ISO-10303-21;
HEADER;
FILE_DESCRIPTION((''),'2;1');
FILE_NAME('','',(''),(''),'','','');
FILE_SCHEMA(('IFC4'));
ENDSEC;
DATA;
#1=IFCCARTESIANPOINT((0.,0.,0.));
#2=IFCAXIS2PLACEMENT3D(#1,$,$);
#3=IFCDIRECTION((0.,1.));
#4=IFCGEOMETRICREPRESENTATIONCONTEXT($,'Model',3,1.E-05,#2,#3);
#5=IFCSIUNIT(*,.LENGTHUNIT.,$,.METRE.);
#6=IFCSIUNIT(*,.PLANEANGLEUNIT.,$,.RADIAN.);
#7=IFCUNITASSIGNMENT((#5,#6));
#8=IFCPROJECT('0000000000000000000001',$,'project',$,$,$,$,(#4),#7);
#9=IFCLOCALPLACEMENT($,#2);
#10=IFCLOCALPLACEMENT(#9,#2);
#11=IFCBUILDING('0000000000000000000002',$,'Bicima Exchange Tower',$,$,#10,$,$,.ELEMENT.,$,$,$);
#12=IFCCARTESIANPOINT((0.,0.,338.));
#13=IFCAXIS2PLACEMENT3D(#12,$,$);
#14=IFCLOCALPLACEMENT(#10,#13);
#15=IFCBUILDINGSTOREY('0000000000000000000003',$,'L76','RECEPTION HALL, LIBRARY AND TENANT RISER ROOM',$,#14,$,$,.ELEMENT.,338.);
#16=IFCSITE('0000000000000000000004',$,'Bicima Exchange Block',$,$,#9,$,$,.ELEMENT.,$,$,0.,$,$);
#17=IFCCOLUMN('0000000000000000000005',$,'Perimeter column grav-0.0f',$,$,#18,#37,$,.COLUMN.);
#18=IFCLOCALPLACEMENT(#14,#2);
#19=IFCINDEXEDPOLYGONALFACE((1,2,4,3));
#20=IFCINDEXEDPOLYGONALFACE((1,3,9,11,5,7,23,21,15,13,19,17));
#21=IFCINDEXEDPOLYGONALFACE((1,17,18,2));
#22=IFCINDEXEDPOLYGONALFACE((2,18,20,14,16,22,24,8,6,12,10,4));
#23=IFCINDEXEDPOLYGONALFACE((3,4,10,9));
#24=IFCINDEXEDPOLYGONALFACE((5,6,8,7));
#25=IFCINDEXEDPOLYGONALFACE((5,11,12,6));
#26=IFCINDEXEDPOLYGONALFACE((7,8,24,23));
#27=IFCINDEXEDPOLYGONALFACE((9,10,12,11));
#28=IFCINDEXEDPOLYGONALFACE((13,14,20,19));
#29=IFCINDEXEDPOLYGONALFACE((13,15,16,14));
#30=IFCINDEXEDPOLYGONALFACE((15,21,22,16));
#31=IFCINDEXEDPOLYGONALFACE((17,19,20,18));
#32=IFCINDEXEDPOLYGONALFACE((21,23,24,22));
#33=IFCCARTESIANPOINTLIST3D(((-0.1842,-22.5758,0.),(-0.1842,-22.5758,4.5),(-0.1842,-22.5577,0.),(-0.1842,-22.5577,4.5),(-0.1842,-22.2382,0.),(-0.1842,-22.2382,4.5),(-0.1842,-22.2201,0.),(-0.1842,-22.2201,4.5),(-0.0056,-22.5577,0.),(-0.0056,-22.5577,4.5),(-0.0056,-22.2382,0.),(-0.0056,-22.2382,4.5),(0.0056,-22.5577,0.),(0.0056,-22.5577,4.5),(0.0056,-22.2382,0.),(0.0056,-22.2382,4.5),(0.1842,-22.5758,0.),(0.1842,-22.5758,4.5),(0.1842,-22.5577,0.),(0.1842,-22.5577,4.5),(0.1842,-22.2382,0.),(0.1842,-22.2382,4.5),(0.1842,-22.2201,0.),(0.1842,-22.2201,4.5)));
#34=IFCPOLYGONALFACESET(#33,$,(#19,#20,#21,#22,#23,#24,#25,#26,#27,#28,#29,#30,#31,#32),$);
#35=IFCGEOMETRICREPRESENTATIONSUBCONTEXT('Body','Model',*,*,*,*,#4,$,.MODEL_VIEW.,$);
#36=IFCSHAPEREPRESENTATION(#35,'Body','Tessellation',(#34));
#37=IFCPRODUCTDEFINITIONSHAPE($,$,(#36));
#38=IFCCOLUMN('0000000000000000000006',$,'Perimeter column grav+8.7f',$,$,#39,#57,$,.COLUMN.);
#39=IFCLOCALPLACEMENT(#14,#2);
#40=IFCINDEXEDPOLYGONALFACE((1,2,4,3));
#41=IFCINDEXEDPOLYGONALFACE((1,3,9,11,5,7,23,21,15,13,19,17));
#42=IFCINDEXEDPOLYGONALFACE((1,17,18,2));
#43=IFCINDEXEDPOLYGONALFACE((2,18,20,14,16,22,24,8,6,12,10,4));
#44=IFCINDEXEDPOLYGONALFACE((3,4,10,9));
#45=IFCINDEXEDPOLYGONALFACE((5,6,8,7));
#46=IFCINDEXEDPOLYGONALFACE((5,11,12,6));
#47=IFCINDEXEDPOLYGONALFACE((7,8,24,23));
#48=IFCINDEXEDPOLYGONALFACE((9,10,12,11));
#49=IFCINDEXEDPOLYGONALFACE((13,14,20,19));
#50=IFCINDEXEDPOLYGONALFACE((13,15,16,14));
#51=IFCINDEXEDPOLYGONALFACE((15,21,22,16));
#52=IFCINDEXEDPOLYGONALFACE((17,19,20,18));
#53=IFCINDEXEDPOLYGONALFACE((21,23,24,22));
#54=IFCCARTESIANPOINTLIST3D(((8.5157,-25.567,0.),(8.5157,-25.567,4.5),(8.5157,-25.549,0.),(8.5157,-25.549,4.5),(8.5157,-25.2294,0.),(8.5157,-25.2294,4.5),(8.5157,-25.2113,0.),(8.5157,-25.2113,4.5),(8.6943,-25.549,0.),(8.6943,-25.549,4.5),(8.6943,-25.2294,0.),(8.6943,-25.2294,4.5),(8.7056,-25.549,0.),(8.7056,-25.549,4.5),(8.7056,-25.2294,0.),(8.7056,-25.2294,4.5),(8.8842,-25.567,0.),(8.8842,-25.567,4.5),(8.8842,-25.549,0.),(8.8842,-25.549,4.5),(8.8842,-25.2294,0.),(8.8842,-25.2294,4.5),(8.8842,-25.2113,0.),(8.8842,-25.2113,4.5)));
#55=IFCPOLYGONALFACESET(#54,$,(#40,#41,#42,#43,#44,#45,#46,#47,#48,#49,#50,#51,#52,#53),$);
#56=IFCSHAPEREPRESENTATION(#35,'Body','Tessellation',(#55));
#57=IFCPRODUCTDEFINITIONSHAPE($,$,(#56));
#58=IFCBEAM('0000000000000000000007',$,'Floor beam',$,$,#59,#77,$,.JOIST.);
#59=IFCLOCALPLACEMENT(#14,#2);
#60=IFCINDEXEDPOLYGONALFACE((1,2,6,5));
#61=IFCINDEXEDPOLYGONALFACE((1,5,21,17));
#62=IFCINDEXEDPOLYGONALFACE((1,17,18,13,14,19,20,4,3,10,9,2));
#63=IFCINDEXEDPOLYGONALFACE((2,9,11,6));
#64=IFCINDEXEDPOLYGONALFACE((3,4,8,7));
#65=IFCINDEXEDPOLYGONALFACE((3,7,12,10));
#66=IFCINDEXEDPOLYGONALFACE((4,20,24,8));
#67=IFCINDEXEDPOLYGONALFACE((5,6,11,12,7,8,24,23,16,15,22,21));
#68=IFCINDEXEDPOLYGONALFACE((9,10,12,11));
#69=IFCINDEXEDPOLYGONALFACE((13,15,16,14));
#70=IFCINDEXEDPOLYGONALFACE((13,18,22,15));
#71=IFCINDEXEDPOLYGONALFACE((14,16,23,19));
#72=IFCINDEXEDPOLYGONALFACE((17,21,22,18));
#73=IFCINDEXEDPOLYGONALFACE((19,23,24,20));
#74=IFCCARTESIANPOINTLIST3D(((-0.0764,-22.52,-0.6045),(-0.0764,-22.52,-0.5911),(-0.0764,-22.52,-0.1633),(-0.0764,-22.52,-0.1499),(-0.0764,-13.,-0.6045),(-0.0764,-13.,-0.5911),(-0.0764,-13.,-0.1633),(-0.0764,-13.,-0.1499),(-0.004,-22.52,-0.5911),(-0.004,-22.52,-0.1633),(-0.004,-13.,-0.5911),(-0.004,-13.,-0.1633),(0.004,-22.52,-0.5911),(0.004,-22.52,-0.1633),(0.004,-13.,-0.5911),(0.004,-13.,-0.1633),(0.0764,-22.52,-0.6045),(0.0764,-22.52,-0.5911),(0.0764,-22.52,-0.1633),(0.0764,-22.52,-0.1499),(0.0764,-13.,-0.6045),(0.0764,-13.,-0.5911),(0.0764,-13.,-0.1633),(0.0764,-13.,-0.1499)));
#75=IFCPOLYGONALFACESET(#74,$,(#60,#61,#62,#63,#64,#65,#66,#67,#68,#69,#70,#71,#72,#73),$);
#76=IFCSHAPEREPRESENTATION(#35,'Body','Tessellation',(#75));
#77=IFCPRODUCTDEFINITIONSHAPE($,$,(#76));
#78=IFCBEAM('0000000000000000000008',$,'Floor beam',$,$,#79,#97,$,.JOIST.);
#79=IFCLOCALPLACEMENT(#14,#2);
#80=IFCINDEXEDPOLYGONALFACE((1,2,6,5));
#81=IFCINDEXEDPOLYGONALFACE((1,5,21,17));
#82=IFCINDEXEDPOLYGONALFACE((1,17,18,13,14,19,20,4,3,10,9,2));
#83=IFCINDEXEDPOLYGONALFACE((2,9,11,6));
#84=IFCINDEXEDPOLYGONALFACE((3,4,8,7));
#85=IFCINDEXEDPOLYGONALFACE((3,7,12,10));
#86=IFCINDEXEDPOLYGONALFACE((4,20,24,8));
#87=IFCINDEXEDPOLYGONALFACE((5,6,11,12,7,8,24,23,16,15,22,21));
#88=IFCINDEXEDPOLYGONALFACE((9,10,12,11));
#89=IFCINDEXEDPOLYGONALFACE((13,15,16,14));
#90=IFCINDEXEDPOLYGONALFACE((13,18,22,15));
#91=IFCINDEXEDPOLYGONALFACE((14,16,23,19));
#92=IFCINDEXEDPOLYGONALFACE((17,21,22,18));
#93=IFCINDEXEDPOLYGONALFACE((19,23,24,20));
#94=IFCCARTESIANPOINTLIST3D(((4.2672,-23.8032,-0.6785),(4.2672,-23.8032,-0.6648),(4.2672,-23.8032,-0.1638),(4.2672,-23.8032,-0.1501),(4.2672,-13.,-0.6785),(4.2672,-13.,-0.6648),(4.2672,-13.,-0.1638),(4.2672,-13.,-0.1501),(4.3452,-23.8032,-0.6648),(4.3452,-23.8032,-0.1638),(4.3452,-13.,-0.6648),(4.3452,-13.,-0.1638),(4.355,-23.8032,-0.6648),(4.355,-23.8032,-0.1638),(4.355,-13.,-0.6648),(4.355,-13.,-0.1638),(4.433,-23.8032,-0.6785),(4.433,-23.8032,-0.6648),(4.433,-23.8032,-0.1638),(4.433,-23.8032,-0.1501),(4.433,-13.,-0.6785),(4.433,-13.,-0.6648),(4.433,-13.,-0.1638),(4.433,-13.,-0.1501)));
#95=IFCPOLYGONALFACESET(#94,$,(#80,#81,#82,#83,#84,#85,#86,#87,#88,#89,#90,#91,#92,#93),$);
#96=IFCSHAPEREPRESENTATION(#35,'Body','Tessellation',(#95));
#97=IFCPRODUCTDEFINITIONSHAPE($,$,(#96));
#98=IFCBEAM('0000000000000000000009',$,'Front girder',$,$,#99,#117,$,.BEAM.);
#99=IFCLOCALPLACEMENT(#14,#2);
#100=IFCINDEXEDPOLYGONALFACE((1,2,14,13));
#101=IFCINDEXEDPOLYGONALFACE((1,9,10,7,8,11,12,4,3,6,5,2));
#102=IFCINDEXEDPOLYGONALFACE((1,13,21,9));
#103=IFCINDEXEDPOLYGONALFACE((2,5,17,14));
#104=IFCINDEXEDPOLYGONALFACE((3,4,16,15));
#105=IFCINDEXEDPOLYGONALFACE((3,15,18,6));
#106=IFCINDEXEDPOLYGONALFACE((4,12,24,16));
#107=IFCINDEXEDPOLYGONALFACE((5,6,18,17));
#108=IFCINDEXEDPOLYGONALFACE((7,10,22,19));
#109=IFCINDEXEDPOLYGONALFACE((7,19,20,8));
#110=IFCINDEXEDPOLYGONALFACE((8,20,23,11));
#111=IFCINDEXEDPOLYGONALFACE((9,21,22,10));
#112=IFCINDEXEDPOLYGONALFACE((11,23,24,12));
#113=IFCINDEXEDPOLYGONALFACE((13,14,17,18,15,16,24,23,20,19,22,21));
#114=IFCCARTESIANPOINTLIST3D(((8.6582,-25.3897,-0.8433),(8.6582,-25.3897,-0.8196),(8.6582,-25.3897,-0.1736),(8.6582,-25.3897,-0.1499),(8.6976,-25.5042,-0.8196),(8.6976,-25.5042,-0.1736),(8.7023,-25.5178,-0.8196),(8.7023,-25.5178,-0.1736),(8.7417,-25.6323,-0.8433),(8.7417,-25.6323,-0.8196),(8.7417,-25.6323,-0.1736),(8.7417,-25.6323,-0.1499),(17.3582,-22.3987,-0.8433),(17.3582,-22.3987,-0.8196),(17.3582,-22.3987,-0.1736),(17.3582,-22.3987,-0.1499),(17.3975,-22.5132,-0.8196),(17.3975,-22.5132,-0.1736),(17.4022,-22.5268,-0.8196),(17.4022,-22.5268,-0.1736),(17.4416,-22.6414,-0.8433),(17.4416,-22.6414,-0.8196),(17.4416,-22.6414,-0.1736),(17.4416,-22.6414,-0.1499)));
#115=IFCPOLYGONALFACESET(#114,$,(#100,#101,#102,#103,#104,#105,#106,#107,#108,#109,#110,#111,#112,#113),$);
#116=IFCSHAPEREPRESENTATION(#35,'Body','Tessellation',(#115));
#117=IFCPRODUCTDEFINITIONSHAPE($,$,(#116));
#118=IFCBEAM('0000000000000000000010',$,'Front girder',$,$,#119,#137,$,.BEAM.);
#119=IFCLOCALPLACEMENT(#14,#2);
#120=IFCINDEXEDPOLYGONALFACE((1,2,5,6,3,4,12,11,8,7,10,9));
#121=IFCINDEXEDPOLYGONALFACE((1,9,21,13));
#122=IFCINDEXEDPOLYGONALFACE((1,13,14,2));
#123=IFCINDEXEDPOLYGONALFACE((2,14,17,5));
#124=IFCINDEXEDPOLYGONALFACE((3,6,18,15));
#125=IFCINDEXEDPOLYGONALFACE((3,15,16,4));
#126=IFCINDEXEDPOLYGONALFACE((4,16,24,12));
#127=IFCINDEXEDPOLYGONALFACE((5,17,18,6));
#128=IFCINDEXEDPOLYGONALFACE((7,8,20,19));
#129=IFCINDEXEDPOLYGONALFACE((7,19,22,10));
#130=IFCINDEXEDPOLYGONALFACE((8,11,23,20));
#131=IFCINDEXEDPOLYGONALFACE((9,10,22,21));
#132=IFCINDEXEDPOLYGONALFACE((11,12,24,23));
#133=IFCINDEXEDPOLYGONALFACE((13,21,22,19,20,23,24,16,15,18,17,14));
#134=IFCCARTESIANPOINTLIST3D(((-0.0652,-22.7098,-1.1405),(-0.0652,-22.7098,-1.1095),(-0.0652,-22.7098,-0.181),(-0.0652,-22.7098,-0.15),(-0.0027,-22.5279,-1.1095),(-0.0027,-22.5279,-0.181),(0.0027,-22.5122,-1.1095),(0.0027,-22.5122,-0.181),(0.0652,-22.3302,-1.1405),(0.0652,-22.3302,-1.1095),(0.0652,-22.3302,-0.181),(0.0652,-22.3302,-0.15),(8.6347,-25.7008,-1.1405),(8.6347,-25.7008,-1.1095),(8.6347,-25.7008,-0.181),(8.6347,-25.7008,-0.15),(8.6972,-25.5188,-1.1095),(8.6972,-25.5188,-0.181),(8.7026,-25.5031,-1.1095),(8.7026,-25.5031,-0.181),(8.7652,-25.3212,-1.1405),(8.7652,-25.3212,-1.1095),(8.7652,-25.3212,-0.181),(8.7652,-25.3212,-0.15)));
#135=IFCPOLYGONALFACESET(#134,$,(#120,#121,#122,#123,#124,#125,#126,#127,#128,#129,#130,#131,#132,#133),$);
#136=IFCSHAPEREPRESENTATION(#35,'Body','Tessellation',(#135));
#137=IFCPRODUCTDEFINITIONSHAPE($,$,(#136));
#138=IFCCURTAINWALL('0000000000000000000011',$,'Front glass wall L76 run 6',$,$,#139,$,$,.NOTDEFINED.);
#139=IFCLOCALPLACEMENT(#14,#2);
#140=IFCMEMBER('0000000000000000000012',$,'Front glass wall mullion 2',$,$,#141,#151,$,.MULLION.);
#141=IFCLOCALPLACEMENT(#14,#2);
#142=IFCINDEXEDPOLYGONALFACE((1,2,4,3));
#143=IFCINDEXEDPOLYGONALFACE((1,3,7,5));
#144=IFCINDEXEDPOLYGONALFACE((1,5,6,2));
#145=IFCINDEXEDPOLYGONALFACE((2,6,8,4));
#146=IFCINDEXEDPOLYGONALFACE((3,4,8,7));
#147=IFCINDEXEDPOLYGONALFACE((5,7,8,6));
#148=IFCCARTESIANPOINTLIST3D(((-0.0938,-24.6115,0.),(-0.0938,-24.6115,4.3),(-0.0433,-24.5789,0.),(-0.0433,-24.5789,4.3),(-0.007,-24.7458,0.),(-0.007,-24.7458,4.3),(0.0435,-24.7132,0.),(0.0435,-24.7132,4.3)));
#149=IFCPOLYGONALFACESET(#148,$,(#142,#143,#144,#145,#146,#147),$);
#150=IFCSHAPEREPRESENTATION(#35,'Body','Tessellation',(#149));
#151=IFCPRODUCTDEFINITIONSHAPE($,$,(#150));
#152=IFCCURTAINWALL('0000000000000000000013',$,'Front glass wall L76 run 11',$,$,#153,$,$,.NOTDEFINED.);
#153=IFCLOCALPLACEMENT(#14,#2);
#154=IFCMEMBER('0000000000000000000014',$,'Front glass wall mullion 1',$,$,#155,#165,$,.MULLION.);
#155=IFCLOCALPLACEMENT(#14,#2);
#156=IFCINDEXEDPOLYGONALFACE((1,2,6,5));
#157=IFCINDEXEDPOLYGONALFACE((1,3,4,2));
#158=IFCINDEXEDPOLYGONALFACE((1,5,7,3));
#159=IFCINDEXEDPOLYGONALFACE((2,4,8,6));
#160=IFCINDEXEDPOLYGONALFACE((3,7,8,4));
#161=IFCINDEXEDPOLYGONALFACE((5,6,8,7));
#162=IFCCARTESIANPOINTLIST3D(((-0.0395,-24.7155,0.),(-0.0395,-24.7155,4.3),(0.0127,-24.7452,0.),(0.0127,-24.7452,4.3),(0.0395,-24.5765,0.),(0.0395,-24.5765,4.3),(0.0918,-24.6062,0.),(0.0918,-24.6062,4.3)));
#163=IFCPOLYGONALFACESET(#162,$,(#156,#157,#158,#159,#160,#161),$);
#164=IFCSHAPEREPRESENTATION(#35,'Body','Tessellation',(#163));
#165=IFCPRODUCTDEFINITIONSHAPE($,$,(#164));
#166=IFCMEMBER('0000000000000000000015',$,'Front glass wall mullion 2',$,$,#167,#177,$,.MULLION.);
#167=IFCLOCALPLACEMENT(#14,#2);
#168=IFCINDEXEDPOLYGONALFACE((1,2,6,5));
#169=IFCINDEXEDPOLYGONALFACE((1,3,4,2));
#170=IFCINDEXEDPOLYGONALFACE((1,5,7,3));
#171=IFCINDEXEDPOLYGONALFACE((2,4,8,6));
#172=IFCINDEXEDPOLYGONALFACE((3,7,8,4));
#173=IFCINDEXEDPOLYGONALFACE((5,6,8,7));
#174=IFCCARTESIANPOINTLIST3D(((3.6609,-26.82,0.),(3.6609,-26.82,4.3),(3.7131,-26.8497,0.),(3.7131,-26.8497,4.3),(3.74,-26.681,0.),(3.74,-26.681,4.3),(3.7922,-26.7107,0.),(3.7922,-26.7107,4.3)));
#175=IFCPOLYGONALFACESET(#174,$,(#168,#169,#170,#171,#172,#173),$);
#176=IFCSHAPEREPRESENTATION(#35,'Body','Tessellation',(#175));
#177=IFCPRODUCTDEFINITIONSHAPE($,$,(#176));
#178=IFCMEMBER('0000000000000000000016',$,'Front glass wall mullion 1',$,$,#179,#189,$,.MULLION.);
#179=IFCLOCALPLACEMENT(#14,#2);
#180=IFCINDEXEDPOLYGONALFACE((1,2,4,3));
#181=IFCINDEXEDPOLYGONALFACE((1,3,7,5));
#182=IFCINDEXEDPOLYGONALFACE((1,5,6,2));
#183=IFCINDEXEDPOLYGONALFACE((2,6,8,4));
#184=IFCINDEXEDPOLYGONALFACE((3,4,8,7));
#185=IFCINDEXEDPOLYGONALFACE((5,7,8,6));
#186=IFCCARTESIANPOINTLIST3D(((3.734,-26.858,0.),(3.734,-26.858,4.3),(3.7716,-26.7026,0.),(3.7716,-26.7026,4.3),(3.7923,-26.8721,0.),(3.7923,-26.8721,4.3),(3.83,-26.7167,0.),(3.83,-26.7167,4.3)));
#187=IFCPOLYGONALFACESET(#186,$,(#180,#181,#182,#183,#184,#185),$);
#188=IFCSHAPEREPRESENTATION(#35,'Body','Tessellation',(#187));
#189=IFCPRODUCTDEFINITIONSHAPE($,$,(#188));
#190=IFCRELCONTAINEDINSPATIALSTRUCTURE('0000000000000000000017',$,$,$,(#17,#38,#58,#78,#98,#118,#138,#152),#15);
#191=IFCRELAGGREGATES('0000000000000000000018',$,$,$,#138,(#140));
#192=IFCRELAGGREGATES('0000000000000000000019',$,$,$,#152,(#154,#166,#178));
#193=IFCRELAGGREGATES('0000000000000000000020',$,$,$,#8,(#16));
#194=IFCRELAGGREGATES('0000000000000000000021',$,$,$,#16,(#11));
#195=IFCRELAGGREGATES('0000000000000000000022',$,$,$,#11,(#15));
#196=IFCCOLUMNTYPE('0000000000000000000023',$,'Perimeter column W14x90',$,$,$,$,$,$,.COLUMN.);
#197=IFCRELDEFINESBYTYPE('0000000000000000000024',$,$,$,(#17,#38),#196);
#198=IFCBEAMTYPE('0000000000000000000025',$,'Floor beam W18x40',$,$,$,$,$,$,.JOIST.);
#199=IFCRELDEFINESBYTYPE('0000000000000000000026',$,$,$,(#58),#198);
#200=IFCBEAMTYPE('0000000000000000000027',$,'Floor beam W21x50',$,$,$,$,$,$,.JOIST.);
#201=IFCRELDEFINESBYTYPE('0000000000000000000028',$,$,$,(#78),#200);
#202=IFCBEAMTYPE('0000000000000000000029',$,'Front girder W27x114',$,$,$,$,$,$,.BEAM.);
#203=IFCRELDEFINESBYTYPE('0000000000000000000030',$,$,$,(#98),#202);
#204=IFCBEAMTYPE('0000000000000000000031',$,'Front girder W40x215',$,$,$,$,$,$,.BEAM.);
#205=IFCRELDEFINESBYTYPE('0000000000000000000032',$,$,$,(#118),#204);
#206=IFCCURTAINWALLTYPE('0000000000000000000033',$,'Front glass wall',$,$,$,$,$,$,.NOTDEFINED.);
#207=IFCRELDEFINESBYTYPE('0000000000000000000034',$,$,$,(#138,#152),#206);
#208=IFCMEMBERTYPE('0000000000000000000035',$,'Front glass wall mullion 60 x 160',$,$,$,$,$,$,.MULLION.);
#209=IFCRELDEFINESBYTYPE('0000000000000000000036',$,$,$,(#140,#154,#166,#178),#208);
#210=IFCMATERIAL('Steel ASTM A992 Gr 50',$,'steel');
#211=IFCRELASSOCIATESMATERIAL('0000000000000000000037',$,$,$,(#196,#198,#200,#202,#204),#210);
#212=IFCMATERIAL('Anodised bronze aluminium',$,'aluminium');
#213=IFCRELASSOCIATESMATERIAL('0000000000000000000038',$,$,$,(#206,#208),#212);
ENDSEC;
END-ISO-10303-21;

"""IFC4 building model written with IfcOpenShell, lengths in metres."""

from ifc_helpers import new_model, si_unit, direction, frame, origin, origin_2d, place, context, subcontext, project, spatial, rectangle, i_section, extrude, material, material_profile, profile_set, type_object, element, aggregate, save


model = new_model("IFC4")

# Units and contexts
model_context = context("Model", 3, precision=1e-05, world=origin(), true_north=direction((0.0, 1.0)))
body_context = subcontext(model_context, "Body", "Model", "MODEL_VIEW")
ifc_project = project(units=[si_unit("LENGTHUNIT", "METRE"), si_unit("PLANEANGLEUNIT", "RADIAN")], contexts=[model_context])

# Site, building, storey
site_placement = place(None, origin())
site = spatial("IfcSite", under=ifc_project, at=site_placement, Name="Bicima Exchange Block", CompositionType="ELEMENT", RefElevation=0.0)
building_placement = place(site_placement, origin())
building = spatial("IfcBuilding", under=site, at=building_placement, Name="Bicima Exchange Tower", CompositionType="ELEMENT")
storey_placement = place(building_placement, frame((0.0, 0.0, 338.0)))
storey = spatial("IfcBuildingStorey", under=building, at=storey_placement, Name="L76", Description="RECEPTION HALL, LIBRARY AND TENANT RISER ROOM", CompositionType="ELEMENT", Elevation=338.0)

# Columns
ifc_material_1 = material(Name="Steel ASTM A992 Gr 50", Category="steel")
ifc_material_profile_1 = material_profile(ifc_material_1, i_section(OverallWidth=0.3684, OverallDepth=0.3557, WebThickness=0.0112, FlangeThickness=0.0181, at=origin_2d()))
ifc_profile_set_1 = profile_set([ifc_material_profile_1], Name="Steel ASTM A992 Gr 50")
column_type = type_object("IfcColumnType", Name="Perimeter column W14x90", PredefinedType="COLUMN", material=ifc_profile_set_1)
for number, where, z_axis, x_axis, name in (
    (1, (0.0, -22.3979, 0.0), (0.0, 0.0, 1.0), (1.0, 0.0, 0.0), "Perimeter column grav-0.0f"),
    (2, (8.7, -25.3892, 0.0), (0.0, 0.0, 1.0), (1.0, 0.0, 0.0), "Perimeter column grav+8.7f"),
):
    element("IfcColumn", number, at=place(storey_placement, frame(where, z_axis=z_axis, x_axis=x_axis)), inside=storey, type_object=column_type, Name=name, PredefinedType="COLUMN", context=body_context, shape_type="SweptSolid", body=[
        extrude(i_section(OverallWidth=0.3684, OverallDepth=0.3557, WebThickness=0.0112, FlangeThickness=0.0181, at=origin_2d()), origin(), (0.0, 0.0, 1.0), 4.5),
    ])

# Beams
ifc_material_profile_2 = material_profile(ifc_material_1, i_section(OverallWidth=0.1528, OverallDepth=0.4546, WebThickness=0.0081, FlangeThickness=0.0134, at=origin_2d()))
ifc_profile_set_2 = profile_set([ifc_material_profile_2], Name="Steel ASTM A992 Gr 50")
beam_type_1 = type_object("IfcBeamType", Name="Floor beam W18x40", PredefinedType="JOIST", material=ifc_profile_set_2)
beam_1_placement = place(storey_placement, frame((0.0, -13.0, -0.3772), z_axis=(0.0, -1.0, 0.0), x_axis=(1.0, 0.0, 0.0)))
element("IfcBeam", 3, at=beam_1_placement, inside=storey, type_object=beam_type_1, Name="Floor beam", PredefinedType="JOIST", context=body_context, shape_type="SweptSolid", body=[
    extrude(i_section(OverallWidth=0.1528, OverallDepth=0.4546, WebThickness=0.0081, FlangeThickness=0.0134, at=origin_2d()), origin(), (0.0, 0.0, 1.0), 9.52),
])
ifc_material_profile_3 = material_profile(ifc_material_1, i_section(OverallWidth=0.1658, OverallDepth=0.5283, WebThickness=0.0098, FlangeThickness=0.0137, at=origin_2d()))
ifc_profile_set_3 = profile_set([ifc_material_profile_3], Name="Steel ASTM A992 Gr 50")
beam_type_2 = type_object("IfcBeamType", Name="Floor beam W21x50", PredefinedType="JOIST", material=ifc_profile_set_3)
beam_2_placement = place(storey_placement, frame((4.3501, -13.0, -0.4143), z_axis=(0.0, -1.0, 0.0), x_axis=(1.0, 0.0, 0.0)))
element("IfcBeam", 4, at=beam_2_placement, inside=storey, type_object=beam_type_2, Name="Floor beam", PredefinedType="JOIST", context=body_context, shape_type="SweptSolid", body=[
    extrude(i_section(OverallWidth=0.1658, OverallDepth=0.5283, WebThickness=0.0098, FlangeThickness=0.0137, at=origin_2d()), origin(), (0.0, 0.0, 1.0), 10.8032),
])
ifc_material_profile_4 = material_profile(ifc_material_1, i_section(OverallWidth=0.2566, OverallDepth=0.6934, WebThickness=0.0144, FlangeThickness=0.0237, at=origin_2d()))
ifc_profile_set_4 = profile_set([ifc_material_profile_4], Name="Steel ASTM A992 Gr 50")
beam_type_3 = type_object("IfcBeamType", Name="Front girder W27x114", PredefinedType="BEAM", material=ifc_profile_set_4)
beam_3_placement = place(storey_placement, frame((8.7, -25.511, -0.4966), z_axis=(0.945675, 0.325115, 0.0), x_axis=(-0.325115, 0.945675, 0.0)))
element("IfcBeam", 5, at=beam_3_placement, inside=storey, type_object=beam_type_3, Name="Front girder", PredefinedType="BEAM", context=body_context, shape_type="SweptSolid", body=[
    extrude(i_section(OverallWidth=0.2566, OverallDepth=0.6934, WebThickness=0.0144, FlangeThickness=0.0237, at=origin_2d()), origin(), (0.0, 0.0, 1.0), 9.1997),
])
ifc_material_profile_5 = material_profile(ifc_material_1, i_section(OverallWidth=0.4014, OverallDepth=0.9905, WebThickness=0.0166, FlangeThickness=0.031, at=origin_2d()))
ifc_profile_set_5 = profile_set([ifc_material_profile_5], Name="Steel ASTM A992 Gr 50")
beam_type_4 = type_object("IfcBeamType", Name="Front girder W40x215", PredefinedType="BEAM", material=ifc_profile_set_5)
beam_4_placement = place(storey_placement, frame((0.0, -22.52, -0.6453), z_axis=(0.945675, -0.325115, 0.0), x_axis=(0.325115, 0.945675, 0.0)))
element("IfcBeam", 6, at=beam_4_placement, inside=storey, type_object=beam_type_4, Name="Front girder", PredefinedType="BEAM", context=body_context, shape_type="SweptSolid", body=[
    extrude(i_section(OverallWidth=0.4014, OverallDepth=0.9905, WebThickness=0.0166, FlangeThickness=0.031, at=origin_2d()), origin(), (0.0, 0.0, 1.0), 9.1997),
])

# Curtain wall, member
ifc_material_2 = material(Name="Anodised bronze aluminium", Category="aluminium")
curtain_wall_type = type_object("IfcCurtainWallType", Name="Front glass wall", PredefinedType="NOTDEFINED", material=ifc_material_2)
curtain_wall_1_placement = place(storey_placement, origin())
curtain_wall_1 = element("IfcCurtainWall", 7, at=curtain_wall_1_placement, inside=storey, type_object=curtain_wall_type, Name="Front glass wall L76 run 6", PredefinedType="NOTDEFINED")
ifc_material_profile_6 = material_profile(ifc_material_2, rectangle(XDim=0.1599, YDim=0.0601, at=origin_2d()))
ifc_profile_set_6 = profile_set([ifc_material_profile_6], Name="Anodised bronze aluminium")
member_type_1 = type_object("IfcMemberType", Name="Front glass wall mullion 60 x 160", PredefinedType="MULLION", material=ifc_profile_set_6)
member_1_placement = place(storey_placement, frame((-0.0251, -24.6624, 0.0), z_axis=(0.0, 0.0, 1.0), x_axis=(-0.542897, 0.839799, 0.0)))
member_1 = element("IfcMember", 8, at=member_1_placement, type_object=member_type_1, Name="Front glass wall mullion 2", PredefinedType="MULLION", context=body_context, shape_type="SweptSolid", body=[
    extrude(rectangle(XDim=0.1599, YDim=0.0601, at=origin_2d()), origin(), (0.0, 0.0, 1.0), 4.3),
])
aggregate(curtain_wall_1, [member_1])

# Curtain wall, members
curtain_wall_2_placement = place(storey_placement, origin())
curtain_wall_2 = element("IfcCurtainWall", 9, at=curtain_wall_2_placement, inside=storey, type_object=curtain_wall_type, Name="Front glass wall L76 run 11", PredefinedType="NOTDEFINED")
member_2_placement = place(storey_placement, frame((0.0261, -24.6609, 0.0), z_axis=(0.0, 0.0, 1.0), x_axis=(0.49433, 0.869274, 0.0)))
member_2 = element("IfcMember", 10, at=member_2_placement, type_object=member_type_1, Name="Front glass wall mullion 1", PredefinedType="MULLION", context=body_context, shape_type="SweptSolid", body=[
    extrude(rectangle(XDim=0.1599, YDim=0.0601, at=origin_2d()), origin(), (0.0, 0.0, 1.0), 4.3),
])
member_3_placement = place(storey_placement, frame((3.7266, -26.7654, 0.0), z_axis=(0.0, 0.0, 1.0), x_axis=(0.49433, 0.869274, 0.0)))
member_3 = element("IfcMember", 11, at=member_3_placement, type_object=member_type_1, Name="Front glass wall mullion 2", PredefinedType="MULLION", context=body_context, shape_type="SweptSolid", body=[
    extrude(rectangle(XDim=0.1599, YDim=0.0601, at=origin_2d()), origin(), (0.0, 0.0, 1.0), 4.3),
])
member_4_placement = place(storey_placement, frame((3.782, -26.7874, 0.0), z_axis=(0.0, 0.0, 1.0), x_axis=(0.235682, 0.97183, 0.0)))
member_4 = element("IfcMember", 12, at=member_4_placement, type_object=member_type_1, Name="Front glass wall mullion 1", PredefinedType="MULLION", context=body_context, shape_type="SweptSolid", body=[
    extrude(rectangle(XDim=0.1599, YDim=0.0601, at=origin_2d()), origin(), (0.0, 0.0, 1.0), 4.3),
])
aggregate(curtain_wall_2, [member_2, member_3, member_4])

save(model, "model.ifc")
